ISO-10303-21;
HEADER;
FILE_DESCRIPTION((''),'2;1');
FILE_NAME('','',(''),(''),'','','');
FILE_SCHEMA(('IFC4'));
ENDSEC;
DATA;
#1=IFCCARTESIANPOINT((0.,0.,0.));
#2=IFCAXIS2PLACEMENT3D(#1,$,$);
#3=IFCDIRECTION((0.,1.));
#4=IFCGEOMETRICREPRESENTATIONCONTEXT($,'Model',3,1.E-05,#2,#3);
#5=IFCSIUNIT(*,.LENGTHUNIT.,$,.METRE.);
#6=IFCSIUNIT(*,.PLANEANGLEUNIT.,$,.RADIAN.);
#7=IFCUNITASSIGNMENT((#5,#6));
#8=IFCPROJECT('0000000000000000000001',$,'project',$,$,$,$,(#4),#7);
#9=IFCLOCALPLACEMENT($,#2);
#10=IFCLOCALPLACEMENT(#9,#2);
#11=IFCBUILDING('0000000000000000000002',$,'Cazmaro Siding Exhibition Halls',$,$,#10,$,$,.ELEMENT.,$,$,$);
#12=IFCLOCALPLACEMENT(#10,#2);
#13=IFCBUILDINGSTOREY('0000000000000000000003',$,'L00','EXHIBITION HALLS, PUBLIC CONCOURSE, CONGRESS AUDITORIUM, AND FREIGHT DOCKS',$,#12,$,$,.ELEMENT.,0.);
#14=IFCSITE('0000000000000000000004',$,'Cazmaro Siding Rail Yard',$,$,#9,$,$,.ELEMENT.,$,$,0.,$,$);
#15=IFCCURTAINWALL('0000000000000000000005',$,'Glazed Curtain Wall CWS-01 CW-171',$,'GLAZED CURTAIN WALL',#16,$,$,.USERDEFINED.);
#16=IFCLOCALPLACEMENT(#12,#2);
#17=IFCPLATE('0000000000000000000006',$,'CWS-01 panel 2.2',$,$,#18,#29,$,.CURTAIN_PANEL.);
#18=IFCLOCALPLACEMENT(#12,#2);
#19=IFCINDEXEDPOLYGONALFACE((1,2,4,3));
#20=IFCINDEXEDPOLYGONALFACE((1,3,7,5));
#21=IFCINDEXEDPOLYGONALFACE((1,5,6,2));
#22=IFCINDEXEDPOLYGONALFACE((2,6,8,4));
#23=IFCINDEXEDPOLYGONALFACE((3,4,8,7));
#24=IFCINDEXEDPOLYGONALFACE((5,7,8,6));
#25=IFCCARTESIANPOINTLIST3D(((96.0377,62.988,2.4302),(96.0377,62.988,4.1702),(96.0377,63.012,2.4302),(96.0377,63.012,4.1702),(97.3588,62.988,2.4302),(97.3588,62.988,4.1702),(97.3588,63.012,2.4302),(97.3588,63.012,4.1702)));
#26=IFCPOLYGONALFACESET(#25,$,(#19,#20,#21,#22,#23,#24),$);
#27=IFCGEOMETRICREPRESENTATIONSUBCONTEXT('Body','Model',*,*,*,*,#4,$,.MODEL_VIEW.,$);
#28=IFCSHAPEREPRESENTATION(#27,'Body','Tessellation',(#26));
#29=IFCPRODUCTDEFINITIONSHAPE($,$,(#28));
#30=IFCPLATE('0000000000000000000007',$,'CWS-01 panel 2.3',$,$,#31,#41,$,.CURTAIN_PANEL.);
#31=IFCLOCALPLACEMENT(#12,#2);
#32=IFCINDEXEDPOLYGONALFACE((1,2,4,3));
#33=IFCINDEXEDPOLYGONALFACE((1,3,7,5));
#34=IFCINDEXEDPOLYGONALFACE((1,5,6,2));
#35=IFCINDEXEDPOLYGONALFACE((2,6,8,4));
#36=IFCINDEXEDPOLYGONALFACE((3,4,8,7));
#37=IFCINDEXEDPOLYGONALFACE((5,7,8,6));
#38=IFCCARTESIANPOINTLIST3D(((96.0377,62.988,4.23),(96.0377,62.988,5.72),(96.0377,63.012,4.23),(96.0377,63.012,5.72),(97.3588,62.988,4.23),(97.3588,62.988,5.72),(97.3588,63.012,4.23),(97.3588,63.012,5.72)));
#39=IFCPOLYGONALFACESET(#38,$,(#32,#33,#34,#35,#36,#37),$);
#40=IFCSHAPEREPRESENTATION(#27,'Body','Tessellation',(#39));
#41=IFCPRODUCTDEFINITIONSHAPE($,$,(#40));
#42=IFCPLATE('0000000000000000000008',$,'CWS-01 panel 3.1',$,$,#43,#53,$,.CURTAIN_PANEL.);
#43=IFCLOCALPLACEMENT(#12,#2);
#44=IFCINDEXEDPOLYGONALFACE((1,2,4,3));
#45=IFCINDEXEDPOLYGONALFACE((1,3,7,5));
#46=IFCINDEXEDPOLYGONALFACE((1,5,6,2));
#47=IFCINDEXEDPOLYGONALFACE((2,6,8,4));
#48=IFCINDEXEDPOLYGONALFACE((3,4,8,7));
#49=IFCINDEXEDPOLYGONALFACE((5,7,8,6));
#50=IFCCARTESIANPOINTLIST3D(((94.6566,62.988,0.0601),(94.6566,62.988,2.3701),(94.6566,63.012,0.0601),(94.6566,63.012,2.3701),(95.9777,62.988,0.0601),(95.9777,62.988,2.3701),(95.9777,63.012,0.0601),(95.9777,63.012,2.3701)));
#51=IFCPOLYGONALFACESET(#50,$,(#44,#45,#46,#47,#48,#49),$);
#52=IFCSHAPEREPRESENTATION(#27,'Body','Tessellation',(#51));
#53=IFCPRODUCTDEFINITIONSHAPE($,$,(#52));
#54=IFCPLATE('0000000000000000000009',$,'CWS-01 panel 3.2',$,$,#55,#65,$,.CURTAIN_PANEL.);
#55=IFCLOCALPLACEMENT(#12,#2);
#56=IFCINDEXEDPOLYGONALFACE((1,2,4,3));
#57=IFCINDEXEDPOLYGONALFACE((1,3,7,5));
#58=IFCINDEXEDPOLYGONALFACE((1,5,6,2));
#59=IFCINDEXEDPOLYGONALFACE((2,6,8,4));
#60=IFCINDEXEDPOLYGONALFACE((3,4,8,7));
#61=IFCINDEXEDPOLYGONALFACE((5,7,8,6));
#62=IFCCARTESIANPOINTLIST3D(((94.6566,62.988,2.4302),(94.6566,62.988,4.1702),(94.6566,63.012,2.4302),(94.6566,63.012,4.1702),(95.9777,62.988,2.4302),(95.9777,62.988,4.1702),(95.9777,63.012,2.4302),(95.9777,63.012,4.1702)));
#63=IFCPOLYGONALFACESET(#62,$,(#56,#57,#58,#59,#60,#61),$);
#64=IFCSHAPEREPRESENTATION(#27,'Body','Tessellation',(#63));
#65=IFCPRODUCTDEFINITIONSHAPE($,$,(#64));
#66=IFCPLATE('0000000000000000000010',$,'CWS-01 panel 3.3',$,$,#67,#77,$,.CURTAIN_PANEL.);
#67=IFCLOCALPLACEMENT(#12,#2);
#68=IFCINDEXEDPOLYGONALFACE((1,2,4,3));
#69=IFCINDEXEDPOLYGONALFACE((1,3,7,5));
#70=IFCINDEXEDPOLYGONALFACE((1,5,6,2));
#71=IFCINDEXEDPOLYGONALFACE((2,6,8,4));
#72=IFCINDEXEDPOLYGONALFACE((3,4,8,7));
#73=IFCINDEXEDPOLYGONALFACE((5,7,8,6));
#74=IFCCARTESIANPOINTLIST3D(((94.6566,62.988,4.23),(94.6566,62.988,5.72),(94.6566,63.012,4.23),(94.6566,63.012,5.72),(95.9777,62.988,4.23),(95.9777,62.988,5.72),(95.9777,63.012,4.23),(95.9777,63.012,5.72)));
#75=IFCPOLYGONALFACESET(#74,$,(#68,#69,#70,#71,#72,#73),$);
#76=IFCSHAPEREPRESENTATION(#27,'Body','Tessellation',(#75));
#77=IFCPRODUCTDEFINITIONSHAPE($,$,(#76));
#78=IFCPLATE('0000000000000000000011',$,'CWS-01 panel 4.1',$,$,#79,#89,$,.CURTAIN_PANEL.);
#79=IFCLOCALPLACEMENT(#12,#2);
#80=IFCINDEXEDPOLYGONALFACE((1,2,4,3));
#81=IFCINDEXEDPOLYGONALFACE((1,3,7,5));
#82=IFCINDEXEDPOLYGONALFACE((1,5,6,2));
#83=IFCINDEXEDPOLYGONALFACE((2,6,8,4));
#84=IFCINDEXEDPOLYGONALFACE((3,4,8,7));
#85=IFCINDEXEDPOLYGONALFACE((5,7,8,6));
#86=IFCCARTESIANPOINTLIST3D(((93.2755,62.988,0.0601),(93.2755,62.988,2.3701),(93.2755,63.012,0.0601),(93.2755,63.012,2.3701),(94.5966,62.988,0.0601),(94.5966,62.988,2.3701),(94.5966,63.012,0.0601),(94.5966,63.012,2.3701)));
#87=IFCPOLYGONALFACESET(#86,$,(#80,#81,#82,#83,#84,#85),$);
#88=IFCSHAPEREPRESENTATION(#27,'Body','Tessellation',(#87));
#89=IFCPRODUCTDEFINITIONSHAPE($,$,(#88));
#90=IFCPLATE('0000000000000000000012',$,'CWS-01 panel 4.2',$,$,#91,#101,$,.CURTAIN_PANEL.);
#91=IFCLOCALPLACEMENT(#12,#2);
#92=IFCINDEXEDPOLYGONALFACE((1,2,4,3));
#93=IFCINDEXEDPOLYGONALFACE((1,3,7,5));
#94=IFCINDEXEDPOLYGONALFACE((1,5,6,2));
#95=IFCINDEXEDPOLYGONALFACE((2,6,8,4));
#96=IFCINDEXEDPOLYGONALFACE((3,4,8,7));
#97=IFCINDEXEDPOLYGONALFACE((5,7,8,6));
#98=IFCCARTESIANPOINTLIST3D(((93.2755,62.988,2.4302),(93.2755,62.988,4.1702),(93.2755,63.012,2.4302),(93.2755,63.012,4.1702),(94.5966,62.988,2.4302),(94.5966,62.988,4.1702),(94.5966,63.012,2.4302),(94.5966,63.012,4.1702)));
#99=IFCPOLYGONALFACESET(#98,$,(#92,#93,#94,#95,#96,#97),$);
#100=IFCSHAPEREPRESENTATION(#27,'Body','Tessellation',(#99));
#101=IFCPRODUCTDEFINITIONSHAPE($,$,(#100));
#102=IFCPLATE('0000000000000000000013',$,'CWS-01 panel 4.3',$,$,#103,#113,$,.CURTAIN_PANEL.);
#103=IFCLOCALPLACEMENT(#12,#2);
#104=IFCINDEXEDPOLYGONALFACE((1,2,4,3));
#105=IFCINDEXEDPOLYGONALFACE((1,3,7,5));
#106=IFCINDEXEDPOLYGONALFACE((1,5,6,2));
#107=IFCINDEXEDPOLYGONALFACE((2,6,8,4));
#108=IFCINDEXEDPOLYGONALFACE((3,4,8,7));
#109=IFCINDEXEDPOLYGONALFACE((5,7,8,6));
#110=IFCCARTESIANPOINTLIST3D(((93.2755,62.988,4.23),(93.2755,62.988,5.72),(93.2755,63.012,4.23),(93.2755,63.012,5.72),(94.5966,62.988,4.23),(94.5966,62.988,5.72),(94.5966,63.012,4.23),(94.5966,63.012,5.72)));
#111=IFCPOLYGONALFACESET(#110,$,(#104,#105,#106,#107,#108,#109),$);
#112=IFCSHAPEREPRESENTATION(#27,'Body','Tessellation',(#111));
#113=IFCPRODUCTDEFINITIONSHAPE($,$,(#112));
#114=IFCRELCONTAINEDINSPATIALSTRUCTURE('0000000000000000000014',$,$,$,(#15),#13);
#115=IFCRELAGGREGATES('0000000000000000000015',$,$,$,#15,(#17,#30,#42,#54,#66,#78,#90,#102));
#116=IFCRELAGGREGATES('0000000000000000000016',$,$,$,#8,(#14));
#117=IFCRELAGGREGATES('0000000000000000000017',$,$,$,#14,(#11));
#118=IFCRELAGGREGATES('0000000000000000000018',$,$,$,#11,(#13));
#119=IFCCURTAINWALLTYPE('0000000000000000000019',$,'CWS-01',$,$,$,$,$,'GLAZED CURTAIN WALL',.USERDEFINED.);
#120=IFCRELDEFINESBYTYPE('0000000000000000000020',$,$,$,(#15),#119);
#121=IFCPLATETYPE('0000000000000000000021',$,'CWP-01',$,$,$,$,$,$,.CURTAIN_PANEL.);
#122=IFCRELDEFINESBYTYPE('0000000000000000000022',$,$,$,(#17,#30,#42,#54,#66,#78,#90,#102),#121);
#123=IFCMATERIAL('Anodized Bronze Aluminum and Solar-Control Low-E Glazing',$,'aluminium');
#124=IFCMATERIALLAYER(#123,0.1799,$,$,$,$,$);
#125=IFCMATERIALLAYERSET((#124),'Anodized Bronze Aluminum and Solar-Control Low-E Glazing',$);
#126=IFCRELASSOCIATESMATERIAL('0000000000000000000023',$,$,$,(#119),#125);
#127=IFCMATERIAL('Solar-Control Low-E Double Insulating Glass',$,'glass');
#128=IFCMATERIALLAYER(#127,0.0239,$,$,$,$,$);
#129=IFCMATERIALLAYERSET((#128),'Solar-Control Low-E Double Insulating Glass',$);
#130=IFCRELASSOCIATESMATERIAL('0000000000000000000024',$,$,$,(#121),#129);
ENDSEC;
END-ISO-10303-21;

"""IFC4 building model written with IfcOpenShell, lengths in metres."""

from ifc_helpers import new_model, si_unit, direction, frame, origin, origin_2d, place, context, subcontext, project, spatial, rectangle, extrude, material, layer, layer_set, type_object, element, aggregate, save


model = new_model("IFC4")

# Units and contexts
model_context = context("Model", 3, precision=1e-05, world=origin(), true_north=direction((0.0, 1.0)))
body_context = subcontext(model_context, "Body", "Model", "MODEL_VIEW")
ifc_project = project(units=[si_unit("LENGTHUNIT", "METRE"), si_unit("PLANEANGLEUNIT", "RADIAN")], contexts=[model_context])

# Site, building, storey
site_placement = place(None, origin())
site = spatial("IfcSite", under=ifc_project, at=site_placement, Name="Cazmaro Siding Rail Yard", CompositionType="ELEMENT", RefElevation=0.0)
building_placement = place(site_placement, origin())
building = spatial("IfcBuilding", under=site, at=building_placement, Name="Cazmaro Siding Exhibition Halls", CompositionType="ELEMENT")
storey_placement = place(building_placement, origin())
storey = spatial("IfcBuildingStorey", under=building, at=storey_placement, Name="L00", Description="EXHIBITION HALLS, PUBLIC CONCOURSE, CONGRESS AUDITORIUM, AND FREIGHT DOCKS", CompositionType="ELEMENT", Elevation=0.0)

# Curtain wall, plates
ifc_material_1 = material(Name="Anodized Bronze Aluminum and Solar-Control Low-E Glazing", Category="aluminium")
ifc_layer_1 = layer(ifc_material_1, 0.1799)
ifc_layer_set_1 = layer_set([ifc_layer_1], Name="Anodized Bronze Aluminum and Solar-Control Low-E Glazing")
curtain_wall_type = type_object("IfcCurtainWallType", Name="CWS-01", ElementType="GLAZED CURTAIN WALL", PredefinedType="USERDEFINED", material=ifc_layer_set_1)
curtain_wall_placement = place(storey_placement, origin())
curtain_wall = element("IfcCurtainWall", 1, at=curtain_wall_placement, inside=storey, type_object=curtain_wall_type, Name="Glazed Curtain Wall CWS-01 CW-171", ObjectType="GLAZED CURTAIN WALL", PredefinedType="USERDEFINED")
ifc_material_2 = material(Name="Solar-Control Low-E Double Insulating Glass", Category="glass")
ifc_layer_2 = layer(ifc_material_2, 0.0239)
ifc_layer_set_2 = layer_set([ifc_layer_2], Name="Solar-Control Low-E Double Insulating Glass")
plate_type = type_object("IfcPlateType", Name="CWP-01", PredefinedType="CURTAIN_PANEL", material=ifc_layer_set_2)
plate_1_placement = place(storey_placement, frame((96.6982, 63.0, 2.4302), z_axis=(0.0, 0.0, 1.0), x_axis=(-1.0, 0.0, 0.0)))
plate_1 = element("IfcPlate", 2, at=plate_1_placement, type_object=plate_type, Name="CWS-01 panel 2.2", PredefinedType="CURTAIN_PANEL", context=body_context, shape_type="SweptSolid", body=[
    extrude(rectangle(XDim=1.321, YDim=0.0239, at=origin_2d()), origin(), (0.0, 0.0, 1.0), 1.74),
])
plate_2_placement = place(storey_placement, frame((96.6982, 63.0, 4.23), z_axis=(0.0, 0.0, 1.0), x_axis=(-1.0, 0.0, 0.0)))
plate_2 = element("IfcPlate", 3, at=plate_2_placement, type_object=plate_type, Name="CWS-01 panel 2.3", PredefinedType="CURTAIN_PANEL", context=body_context, shape_type="SweptSolid", body=[
    extrude(rectangle(XDim=1.321, YDim=0.0239, at=origin_2d()), origin(), (0.0, 0.0, 1.0), 1.49),
])
plate_3_placement = place(storey_placement, frame((95.3171, 63.0, 0.0601), z_axis=(0.0, 0.0, 1.0), x_axis=(-1.0, 0.0, 0.0)))
plate_3 = element("IfcPlate", 4, at=plate_3_placement, type_object=plate_type, Name="CWS-01 panel 3.1", PredefinedType="CURTAIN_PANEL", context=body_context, shape_type="SweptSolid", body=[
    extrude(rectangle(XDim=1.321, YDim=0.0239, at=origin_2d()), origin(), (0.0, 0.0, 1.0), 2.3101),
])
plate_4_placement = place(storey_placement, frame((95.3171, 63.0, 2.4302), z_axis=(0.0, 0.0, 1.0), x_axis=(-1.0, 0.0, 0.0)))
plate_4 = element("IfcPlate", 5, at=plate_4_placement, type_object=plate_type, Name="CWS-01 panel 3.2", PredefinedType="CURTAIN_PANEL", context=body_context, shape_type="SweptSolid", body=[
    extrude(rectangle(XDim=1.321, YDim=0.0239, at=origin_2d()), origin(), (0.0, 0.0, 1.0), 1.74),
])
plate_5_placement = place(storey_placement, frame((95.3171, 63.0, 4.23), z_axis=(0.0, 0.0, 1.0), x_axis=(-1.0, 0.0, 0.0)))
plate_5 = element("IfcPlate", 6, at=plate_5_placement, type_object=plate_type, Name="CWS-01 panel 3.3", PredefinedType="CURTAIN_PANEL", context=body_context, shape_type="SweptSolid", body=[
    extrude(rectangle(XDim=1.321, YDim=0.0239, at=origin_2d()), origin(), (0.0, 0.0, 1.0), 1.49),
])
plate_6_placement = place(storey_placement, frame((93.936, 63.0, 0.0601), z_axis=(0.0, 0.0, 1.0), x_axis=(-1.0, 0.0, 0.0)))
plate_6 = element("IfcPlate", 7, at=plate_6_placement, type_object=plate_type, Name="CWS-01 panel 4.1", PredefinedType="CURTAIN_PANEL", context=body_context, shape_type="SweptSolid", body=[
    extrude(rectangle(XDim=1.321, YDim=0.0239, at=origin_2d()), origin(), (0.0, 0.0, 1.0), 2.3101),
])
plate_7_placement = place(storey_placement, frame((93.936, 63.0, 2.4302), z_axis=(0.0, 0.0, 1.0), x_axis=(-1.0, 0.0, 0.0)))
plate_7 = element("IfcPlate", 8, at=plate_7_placement, type_object=plate_type, Name="CWS-01 panel 4.2", PredefinedType="CURTAIN_PANEL", context=body_context, shape_type="SweptSolid", body=[
    extrude(rectangle(XDim=1.321, YDim=0.0239, at=origin_2d()), origin(), (0.0, 0.0, 1.0), 1.74),
])
plate_8_placement = place(storey_placement, frame((93.936, 63.0, 4.23), z_axis=(0.0, 0.0, 1.0), x_axis=(-1.0, 0.0, 0.0)))
plate_8 = element("IfcPlate", 9, at=plate_8_placement, type_object=plate_type, Name="CWS-01 panel 4.3", PredefinedType="CURTAIN_PANEL", context=body_context, shape_type="SweptSolid", body=[
    extrude(rectangle(XDim=1.321, YDim=0.0239, at=origin_2d()), origin(), (0.0, 0.0, 1.0), 1.49),
])
aggregate(curtain_wall, [plate_1, plate_2, plate_3, plate_4, plate_5, plate_6, plate_7, plate_8])

save(model, "model.ifc")
